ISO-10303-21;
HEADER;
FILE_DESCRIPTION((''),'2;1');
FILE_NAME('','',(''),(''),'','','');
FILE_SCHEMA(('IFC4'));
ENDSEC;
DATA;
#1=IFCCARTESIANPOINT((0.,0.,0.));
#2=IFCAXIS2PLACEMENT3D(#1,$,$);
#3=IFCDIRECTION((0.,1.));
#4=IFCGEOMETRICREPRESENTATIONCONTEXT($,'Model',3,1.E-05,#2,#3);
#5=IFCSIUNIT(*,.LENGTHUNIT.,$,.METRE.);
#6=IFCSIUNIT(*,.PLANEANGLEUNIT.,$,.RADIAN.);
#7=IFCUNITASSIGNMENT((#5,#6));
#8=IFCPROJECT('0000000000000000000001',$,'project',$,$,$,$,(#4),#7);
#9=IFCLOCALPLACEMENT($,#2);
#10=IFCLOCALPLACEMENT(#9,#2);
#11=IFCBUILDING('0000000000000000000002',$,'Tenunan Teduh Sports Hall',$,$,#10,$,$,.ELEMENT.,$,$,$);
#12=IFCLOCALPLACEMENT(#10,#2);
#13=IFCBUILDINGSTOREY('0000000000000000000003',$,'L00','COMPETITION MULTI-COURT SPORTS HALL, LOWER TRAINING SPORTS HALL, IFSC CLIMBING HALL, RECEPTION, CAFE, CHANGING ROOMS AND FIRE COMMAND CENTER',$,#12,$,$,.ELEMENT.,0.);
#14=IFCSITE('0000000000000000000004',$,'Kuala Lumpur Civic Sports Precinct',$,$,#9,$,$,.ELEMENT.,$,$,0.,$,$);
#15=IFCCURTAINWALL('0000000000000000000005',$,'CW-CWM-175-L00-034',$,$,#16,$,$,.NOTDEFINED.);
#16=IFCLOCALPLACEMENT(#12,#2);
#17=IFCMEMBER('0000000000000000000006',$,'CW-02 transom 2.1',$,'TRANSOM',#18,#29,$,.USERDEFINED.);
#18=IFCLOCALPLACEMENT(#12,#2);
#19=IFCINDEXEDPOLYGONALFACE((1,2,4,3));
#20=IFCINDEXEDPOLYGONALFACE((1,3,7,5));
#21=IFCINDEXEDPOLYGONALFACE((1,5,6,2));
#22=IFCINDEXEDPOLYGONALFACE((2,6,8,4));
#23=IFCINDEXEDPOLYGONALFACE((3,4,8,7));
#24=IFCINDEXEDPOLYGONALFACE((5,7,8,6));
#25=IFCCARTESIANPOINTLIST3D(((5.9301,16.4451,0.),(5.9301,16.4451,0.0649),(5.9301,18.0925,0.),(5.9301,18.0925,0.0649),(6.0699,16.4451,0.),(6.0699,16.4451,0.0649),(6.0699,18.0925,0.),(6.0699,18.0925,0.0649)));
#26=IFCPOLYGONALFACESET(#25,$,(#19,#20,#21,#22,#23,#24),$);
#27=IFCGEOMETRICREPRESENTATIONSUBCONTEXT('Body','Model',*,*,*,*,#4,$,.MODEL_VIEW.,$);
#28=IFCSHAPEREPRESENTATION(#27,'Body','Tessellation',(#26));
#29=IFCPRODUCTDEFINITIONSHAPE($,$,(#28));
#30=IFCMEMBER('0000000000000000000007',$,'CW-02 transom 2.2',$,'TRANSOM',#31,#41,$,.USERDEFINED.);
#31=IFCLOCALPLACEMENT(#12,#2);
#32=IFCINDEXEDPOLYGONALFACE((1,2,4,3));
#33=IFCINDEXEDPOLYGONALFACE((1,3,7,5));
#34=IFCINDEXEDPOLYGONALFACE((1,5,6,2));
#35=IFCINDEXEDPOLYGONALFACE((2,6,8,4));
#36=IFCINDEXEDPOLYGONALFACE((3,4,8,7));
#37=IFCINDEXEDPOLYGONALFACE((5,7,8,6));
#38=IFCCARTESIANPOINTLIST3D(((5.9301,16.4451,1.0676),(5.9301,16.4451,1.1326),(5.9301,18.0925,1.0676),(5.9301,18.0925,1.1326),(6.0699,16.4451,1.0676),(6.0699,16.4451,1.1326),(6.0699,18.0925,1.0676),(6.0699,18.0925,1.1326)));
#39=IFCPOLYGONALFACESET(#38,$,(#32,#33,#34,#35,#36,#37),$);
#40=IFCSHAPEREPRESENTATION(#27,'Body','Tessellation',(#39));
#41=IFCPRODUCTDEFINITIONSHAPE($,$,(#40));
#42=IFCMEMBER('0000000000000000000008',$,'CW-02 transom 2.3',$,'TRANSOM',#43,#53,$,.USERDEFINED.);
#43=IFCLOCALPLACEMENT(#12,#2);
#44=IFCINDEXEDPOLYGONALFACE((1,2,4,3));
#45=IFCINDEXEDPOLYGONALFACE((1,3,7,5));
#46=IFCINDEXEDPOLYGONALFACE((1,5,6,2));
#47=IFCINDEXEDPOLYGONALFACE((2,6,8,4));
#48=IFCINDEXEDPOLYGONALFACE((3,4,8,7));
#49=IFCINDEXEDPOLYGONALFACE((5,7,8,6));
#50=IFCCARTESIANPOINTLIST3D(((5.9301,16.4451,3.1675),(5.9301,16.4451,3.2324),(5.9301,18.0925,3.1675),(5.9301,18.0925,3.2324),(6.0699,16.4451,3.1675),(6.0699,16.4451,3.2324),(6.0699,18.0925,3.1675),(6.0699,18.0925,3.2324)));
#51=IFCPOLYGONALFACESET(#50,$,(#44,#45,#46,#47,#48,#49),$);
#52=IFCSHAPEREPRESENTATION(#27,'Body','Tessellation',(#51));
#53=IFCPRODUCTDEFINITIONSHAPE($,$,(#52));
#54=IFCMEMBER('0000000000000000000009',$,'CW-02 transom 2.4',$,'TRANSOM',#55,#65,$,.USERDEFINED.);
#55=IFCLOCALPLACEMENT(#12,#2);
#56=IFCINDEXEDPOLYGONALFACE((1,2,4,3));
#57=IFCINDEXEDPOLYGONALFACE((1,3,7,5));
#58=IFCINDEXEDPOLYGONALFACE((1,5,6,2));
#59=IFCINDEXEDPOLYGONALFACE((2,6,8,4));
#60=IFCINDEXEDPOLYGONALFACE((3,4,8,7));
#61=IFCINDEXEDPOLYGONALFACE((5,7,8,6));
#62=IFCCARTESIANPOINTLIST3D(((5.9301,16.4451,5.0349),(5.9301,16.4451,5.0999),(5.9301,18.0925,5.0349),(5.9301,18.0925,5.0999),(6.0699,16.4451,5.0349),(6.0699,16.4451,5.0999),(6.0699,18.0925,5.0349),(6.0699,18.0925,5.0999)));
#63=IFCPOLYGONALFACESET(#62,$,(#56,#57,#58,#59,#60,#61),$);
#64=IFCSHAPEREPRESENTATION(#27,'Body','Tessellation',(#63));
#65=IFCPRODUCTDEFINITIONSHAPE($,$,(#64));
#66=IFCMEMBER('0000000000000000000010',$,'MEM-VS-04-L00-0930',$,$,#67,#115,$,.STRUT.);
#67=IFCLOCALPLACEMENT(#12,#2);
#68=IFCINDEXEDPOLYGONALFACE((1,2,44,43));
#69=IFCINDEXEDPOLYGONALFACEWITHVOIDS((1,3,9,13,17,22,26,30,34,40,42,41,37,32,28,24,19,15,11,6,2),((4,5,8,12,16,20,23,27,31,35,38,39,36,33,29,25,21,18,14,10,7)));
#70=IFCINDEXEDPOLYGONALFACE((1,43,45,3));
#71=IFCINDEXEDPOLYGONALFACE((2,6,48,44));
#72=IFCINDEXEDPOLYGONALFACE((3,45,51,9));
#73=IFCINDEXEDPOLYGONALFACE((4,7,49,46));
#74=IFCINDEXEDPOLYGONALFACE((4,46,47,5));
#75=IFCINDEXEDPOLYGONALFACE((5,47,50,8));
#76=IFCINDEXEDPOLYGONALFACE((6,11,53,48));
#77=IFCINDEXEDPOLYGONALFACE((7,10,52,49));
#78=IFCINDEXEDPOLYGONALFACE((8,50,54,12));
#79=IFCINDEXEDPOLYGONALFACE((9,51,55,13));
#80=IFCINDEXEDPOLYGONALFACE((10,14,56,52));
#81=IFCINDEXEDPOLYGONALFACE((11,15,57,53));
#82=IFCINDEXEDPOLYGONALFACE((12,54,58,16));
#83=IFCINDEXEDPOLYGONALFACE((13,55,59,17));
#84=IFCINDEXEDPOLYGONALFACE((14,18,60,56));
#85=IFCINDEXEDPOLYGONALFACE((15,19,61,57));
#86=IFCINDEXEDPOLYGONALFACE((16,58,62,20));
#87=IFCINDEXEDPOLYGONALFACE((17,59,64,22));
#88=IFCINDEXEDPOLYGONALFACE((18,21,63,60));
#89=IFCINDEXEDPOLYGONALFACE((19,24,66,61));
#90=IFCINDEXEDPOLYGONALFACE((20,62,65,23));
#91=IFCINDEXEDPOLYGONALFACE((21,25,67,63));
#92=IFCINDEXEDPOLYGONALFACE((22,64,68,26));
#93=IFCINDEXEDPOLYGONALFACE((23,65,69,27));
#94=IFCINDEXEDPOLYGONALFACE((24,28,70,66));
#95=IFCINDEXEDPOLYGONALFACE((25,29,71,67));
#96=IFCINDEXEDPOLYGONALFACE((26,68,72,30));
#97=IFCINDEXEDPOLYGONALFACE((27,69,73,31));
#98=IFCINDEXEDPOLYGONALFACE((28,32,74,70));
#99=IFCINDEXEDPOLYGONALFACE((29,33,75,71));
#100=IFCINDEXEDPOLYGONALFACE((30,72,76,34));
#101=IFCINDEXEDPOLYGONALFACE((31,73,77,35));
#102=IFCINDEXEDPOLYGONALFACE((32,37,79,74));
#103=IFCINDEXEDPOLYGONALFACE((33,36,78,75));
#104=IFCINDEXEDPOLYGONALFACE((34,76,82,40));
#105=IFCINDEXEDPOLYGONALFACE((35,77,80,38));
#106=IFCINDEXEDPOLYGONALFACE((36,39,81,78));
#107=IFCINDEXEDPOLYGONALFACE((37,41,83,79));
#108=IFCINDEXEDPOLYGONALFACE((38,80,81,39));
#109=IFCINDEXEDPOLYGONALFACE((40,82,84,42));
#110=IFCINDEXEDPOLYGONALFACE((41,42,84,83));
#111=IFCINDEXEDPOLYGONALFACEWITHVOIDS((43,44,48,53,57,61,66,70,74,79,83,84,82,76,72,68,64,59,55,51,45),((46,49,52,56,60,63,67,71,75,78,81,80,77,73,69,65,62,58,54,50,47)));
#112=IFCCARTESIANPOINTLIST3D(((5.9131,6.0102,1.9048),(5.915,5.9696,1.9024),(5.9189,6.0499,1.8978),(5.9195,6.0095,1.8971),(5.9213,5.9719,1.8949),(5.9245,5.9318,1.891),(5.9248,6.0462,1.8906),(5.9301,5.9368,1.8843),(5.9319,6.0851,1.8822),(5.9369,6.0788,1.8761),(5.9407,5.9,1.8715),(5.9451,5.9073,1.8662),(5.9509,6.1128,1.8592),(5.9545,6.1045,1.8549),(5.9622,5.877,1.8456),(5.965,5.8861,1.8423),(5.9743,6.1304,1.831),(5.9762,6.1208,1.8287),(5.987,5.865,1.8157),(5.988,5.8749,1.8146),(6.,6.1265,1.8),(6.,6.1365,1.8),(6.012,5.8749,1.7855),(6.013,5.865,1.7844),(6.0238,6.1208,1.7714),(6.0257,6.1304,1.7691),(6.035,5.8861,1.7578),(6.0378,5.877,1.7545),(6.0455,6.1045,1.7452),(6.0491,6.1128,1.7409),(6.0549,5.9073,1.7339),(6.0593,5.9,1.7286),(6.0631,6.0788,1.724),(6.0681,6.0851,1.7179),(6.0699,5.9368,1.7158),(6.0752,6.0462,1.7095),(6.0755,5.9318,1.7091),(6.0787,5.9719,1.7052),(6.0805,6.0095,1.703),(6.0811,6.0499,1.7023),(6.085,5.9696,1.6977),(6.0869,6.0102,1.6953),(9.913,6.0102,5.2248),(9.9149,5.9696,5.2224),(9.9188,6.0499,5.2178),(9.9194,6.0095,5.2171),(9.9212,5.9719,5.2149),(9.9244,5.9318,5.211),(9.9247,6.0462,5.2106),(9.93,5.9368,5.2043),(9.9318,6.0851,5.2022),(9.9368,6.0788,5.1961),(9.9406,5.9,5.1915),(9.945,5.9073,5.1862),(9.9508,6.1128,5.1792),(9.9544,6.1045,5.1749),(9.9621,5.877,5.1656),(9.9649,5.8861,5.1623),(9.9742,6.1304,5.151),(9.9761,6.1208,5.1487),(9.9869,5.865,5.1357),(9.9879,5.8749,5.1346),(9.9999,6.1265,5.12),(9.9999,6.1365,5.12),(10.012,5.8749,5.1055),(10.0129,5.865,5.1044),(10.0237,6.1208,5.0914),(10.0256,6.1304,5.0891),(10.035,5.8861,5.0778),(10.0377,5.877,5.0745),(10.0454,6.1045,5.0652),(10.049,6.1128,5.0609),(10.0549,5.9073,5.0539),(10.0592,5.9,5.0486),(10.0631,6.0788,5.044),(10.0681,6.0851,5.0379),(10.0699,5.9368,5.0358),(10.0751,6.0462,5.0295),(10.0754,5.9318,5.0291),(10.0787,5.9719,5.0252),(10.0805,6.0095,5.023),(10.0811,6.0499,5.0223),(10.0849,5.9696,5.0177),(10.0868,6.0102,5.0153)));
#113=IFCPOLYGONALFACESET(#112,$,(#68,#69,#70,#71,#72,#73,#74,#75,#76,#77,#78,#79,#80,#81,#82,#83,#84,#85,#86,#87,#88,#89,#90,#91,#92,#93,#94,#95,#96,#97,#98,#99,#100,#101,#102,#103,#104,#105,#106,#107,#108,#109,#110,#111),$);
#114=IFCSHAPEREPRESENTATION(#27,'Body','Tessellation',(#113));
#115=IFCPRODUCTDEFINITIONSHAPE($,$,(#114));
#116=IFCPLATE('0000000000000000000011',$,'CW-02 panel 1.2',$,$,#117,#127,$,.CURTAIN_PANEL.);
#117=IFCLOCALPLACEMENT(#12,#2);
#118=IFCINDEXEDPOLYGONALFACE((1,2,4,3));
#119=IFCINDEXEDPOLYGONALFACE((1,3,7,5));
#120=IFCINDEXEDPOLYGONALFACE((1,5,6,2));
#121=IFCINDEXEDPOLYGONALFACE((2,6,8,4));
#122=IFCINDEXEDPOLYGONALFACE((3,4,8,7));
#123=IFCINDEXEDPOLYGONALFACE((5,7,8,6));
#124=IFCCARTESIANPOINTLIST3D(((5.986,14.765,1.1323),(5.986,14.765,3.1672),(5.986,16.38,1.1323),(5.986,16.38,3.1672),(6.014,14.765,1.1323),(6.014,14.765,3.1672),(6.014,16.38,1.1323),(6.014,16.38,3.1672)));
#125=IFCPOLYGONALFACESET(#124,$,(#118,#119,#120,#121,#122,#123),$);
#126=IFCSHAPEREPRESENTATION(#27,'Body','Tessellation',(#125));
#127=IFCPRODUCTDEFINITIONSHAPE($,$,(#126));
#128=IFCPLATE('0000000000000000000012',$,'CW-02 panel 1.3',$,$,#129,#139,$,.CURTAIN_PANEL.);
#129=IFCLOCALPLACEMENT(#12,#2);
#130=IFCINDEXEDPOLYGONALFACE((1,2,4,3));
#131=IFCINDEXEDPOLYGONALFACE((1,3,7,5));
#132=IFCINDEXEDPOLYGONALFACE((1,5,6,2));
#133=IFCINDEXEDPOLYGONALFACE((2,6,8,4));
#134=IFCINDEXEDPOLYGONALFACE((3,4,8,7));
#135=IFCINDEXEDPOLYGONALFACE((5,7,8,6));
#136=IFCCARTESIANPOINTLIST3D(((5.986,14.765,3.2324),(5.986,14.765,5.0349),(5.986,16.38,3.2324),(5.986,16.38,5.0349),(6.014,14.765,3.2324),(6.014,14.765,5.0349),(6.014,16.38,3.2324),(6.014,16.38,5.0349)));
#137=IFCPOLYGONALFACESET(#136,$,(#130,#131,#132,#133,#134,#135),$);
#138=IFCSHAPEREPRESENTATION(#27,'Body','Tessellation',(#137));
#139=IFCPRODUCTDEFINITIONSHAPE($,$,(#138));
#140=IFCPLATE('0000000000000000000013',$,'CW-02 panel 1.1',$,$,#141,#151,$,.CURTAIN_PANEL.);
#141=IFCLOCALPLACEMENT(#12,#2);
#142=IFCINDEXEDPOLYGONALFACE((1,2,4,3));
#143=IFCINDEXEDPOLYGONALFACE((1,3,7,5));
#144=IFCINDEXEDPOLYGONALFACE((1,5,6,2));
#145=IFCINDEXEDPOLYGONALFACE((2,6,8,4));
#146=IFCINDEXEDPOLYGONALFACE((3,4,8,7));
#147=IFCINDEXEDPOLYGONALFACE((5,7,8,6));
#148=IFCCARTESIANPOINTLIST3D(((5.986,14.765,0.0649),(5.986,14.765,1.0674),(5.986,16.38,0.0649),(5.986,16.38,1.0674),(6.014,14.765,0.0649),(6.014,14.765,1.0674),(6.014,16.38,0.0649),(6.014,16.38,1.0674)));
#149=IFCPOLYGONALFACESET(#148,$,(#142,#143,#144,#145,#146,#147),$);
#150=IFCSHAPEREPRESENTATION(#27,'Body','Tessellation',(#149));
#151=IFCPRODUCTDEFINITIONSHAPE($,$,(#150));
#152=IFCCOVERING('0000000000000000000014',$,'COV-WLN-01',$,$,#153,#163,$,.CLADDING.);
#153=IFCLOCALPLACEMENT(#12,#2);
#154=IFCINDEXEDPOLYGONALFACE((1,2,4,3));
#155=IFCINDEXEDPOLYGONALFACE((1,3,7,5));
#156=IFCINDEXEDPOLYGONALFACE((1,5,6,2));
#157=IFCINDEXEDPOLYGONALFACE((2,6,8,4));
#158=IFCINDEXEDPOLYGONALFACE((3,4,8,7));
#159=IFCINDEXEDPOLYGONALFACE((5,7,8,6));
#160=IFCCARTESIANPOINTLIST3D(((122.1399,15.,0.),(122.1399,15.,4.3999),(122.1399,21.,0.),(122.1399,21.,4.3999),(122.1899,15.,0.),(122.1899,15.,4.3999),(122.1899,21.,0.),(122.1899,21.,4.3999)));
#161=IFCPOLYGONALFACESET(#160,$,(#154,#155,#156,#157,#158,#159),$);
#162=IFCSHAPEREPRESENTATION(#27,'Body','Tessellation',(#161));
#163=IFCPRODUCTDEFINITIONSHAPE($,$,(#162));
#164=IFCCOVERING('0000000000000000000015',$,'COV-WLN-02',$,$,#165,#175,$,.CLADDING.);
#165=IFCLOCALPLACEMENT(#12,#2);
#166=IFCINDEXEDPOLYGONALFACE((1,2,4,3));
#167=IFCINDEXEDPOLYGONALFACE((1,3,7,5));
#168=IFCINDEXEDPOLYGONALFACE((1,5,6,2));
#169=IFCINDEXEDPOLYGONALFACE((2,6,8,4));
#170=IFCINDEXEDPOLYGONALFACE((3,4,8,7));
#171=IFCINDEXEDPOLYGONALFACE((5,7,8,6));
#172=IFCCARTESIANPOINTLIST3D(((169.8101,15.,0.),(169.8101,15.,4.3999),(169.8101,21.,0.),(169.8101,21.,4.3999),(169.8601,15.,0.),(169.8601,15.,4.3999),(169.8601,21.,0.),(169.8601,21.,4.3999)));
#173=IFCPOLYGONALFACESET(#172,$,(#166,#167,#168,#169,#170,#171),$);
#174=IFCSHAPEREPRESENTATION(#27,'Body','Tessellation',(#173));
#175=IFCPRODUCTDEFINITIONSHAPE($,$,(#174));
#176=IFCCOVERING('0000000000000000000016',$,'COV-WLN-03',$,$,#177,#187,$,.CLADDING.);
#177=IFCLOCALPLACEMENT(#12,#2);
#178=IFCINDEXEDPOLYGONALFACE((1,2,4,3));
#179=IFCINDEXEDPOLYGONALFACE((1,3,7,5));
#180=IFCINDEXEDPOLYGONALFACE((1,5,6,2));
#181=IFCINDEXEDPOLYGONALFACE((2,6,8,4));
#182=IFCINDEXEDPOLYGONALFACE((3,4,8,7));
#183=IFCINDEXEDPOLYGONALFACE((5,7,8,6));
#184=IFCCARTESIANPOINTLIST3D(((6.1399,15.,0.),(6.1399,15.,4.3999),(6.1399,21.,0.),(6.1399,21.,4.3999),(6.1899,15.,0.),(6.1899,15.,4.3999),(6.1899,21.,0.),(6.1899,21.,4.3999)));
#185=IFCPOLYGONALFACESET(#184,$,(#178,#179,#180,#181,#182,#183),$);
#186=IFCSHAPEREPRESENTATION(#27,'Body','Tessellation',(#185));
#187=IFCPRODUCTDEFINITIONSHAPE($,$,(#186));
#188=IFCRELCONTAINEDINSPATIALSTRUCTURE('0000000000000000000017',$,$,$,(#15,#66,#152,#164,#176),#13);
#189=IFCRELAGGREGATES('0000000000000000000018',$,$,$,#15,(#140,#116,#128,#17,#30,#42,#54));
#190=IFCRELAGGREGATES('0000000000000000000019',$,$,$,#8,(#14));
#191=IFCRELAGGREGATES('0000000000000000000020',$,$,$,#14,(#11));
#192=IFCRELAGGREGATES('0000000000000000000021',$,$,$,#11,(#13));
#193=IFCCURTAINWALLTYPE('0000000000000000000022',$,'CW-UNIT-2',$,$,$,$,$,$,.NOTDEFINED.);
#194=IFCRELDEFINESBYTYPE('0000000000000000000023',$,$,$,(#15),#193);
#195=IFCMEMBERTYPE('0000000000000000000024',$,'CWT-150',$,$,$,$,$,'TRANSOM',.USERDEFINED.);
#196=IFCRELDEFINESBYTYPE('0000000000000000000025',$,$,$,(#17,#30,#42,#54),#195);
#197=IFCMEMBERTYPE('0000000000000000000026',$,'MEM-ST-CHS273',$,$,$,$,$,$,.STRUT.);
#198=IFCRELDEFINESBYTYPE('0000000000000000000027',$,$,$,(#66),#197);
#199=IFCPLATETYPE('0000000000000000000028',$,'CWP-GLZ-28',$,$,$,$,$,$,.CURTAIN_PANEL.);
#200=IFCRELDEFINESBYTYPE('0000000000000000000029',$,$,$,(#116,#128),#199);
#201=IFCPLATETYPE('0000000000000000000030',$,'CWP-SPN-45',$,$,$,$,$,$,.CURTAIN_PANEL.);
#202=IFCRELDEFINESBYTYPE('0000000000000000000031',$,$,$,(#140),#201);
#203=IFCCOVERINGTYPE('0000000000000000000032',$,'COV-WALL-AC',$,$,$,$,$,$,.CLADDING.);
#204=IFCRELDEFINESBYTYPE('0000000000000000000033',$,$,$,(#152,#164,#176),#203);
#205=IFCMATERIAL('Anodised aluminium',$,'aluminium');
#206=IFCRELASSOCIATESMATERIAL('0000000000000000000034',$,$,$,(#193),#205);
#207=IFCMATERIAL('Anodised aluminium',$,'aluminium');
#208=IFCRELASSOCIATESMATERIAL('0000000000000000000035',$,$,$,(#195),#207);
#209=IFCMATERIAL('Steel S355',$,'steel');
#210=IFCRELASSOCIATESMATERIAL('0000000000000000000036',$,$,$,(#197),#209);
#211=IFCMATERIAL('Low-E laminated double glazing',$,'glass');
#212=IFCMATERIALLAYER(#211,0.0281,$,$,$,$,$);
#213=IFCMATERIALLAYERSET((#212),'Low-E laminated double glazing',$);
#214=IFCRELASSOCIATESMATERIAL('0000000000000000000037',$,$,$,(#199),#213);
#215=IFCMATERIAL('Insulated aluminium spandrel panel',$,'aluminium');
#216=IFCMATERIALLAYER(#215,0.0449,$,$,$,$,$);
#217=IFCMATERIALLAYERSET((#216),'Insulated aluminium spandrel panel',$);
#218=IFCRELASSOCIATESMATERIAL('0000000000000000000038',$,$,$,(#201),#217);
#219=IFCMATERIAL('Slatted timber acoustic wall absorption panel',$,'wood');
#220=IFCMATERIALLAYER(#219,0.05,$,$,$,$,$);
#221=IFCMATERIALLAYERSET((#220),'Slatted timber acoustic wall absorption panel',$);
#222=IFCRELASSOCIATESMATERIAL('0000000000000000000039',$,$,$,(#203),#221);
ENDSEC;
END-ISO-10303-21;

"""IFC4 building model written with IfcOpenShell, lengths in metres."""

from ifc_helpers import new_model, si_unit, direction, frame, origin, origin_2d, place, context, subcontext, project, spatial, polyline, rectangle, hollow_circle, outline, extrude, material, layer, layer_set, material_profile, profile_set, type_object, element, aggregate, save


model = new_model("IFC4")

# Units and contexts
model_context = context("Model", 3, precision=1e-05, world=origin(), true_north=direction((0.0, 1.0)))
body_context = subcontext(model_context, "Body", "Model", "MODEL_VIEW")
ifc_project = project(units=[si_unit("LENGTHUNIT", "METRE"), si_unit("PLANEANGLEUNIT", "RADIAN")], contexts=[model_context])

# Site, building, storey
site_placement = place(None, origin())
site = spatial("IfcSite", under=ifc_project, at=site_placement, Name="Kuala Lumpur Civic Sports Precinct", CompositionType="ELEMENT", RefElevation=0.0)
building_placement = place(site_placement, origin())
building = spatial("IfcBuilding", under=site, at=building_placement, Name="Tenunan Teduh Sports Hall", CompositionType="ELEMENT")
storey_placement = place(building_placement, origin())
storey = spatial("IfcBuildingStorey", under=building, at=storey_placement, Name="L00", Description="COMPETITION MULTI-COURT SPORTS HALL, LOWER TRAINING SPORTS HALL, IFSC CLIMBING HALL, RECEPTION, CAFE, CHANGING ROOMS AND FIRE COMMAND CENTER", CompositionType="ELEMENT", Elevation=0.0)

# Curtain wall, members
ifc_material_1 = material(Name="Anodised aluminium", Category="aluminium")
curtain_wall_type = type_object("IfcCurtainWallType", Name="CW-UNIT-2", PredefinedType="NOTDEFINED", material=ifc_material_1)
curtain_wall_placement = place(storey_placement, origin())
curtain_wall = element("IfcCurtainWall", 1, at=curtain_wall_placement, inside=storey, type_object=curtain_wall_type, Name="CW-CWM-175-L00-034", PredefinedType="NOTDEFINED")
ifc_material_2 = material(Name="Anodised aluminium", Category="aluminium")
ifc_material_profile_1 = material_profile(ifc_material_2, rectangle(XDim=0.0649, YDim=0.1399, at=origin_2d()), Name="CWT 65x140")
ifc_profile_set_1 = profile_set([ifc_material_profile_1], Name="Anodised aluminium")
member_type_1 = type_object("IfcMemberType", Name="CWT-150", ElementType="TRANSOM", PredefinedType="USERDEFINED", material=ifc_profile_set_1)
member_1_placement = place(storey_placement, frame((6.0, 16.4451, 0.0325), z_axis=(0.0, 1.0, 0.0), x_axis=(0.0, 0.0, 1.0)))
member_1 = element("IfcMember", 2, at=member_1_placement, type_object=member_type_1, Name="CW-02 transom 2.1", ObjectType="TRANSOM", PredefinedType="USERDEFINED", context=body_context, shape_type="SweptSolid", body=[
    extrude(rectangle(XDim=0.0649, YDim=0.1399, at=origin_2d()), origin(), (0.0, 0.0, 1.0), 1.6475),
])
member_2_placement = place(storey_placement, frame((6.0, 16.4451, 1.1001), z_axis=(0.0, 1.0, 0.0), x_axis=(0.0, 0.0, 1.0)))
member_2 = element("IfcMember", 3, at=member_2_placement, type_object=member_type_1, Name="CW-02 transom 2.2", ObjectType="TRANSOM", PredefinedType="USERDEFINED", context=body_context, shape_type="SweptSolid", body=[
    extrude(rectangle(XDim=0.0649, YDim=0.1399, at=origin_2d()), origin(), (0.0, 0.0, 1.0), 1.6475),
])
member_3_placement = place(storey_placement, frame((6.0, 16.4451, 3.2), z_axis=(0.0, 1.0, 0.0), x_axis=(0.0, 0.0, 1.0)))
member_3 = element("IfcMember", 4, at=member_3_placement, type_object=member_type_1, Name="CW-02 transom 2.3", ObjectType="TRANSOM", PredefinedType="USERDEFINED", context=body_context, shape_type="SweptSolid", body=[
    extrude(rectangle(XDim=0.0649, YDim=0.1399, at=origin_2d()), origin(), (0.0, 0.0, 1.0), 1.6475),
])
member_4_placement = place(storey_placement, frame((6.0, 16.4451, 5.0674), z_axis=(0.0, 1.0, 0.0), x_axis=(0.0, 0.0, 1.0)))
member_4 = element("IfcMember", 5, at=member_4_placement, type_object=member_type_1, Name="CW-02 transom 2.4", ObjectType="TRANSOM", PredefinedType="USERDEFINED", context=body_context, shape_type="SweptSolid", body=[
    extrude(rectangle(XDim=0.0649, YDim=0.1399, at=origin_2d()), origin(), (0.0, 0.0, 1.0), 1.6475),
])

# Member
ifc_material_3 = material(Name="Steel S355", Category="steel")
ifc_material_profile_2 = material_profile(ifc_material_3, hollow_circle(Radius=0.1365, WallThickness=0.01, at=origin_2d()), Name="CHS 273.0x10.0")
ifc_profile_set_2 = profile_set([ifc_material_profile_2], Name="Steel S355")
member_type_2 = type_object("IfcMemberType", Name="MEM-ST-CHS273", PredefinedType="STRUT", material=ifc_profile_set_2)
member_5_placement = place(storey_placement, frame((6.0, 6.0, 1.8), z_axis=(0.769475, 0.0, 0.638677), x_axis=(0.0, 1.0, 0.0)))
element("IfcMember", 6, at=member_5_placement, inside=storey, type_object=member_type_2, Name="MEM-VS-04-L00-0930", PredefinedType="STRUT", context=body_context, shape_type="SweptSolid", body=[
    extrude(hollow_circle(Radius=0.1365, WallThickness=0.01, at=origin_2d()), origin(), (0.0, 0.0, 1.0), 5.1982),
])

# Plates
ifc_material_4 = material(Name="Low-E laminated double glazing", Category="glass")
ifc_layer_1 = layer(ifc_material_4, 0.0281)
ifc_layer_set_1 = layer_set([ifc_layer_1], Name="Low-E laminated double glazing")
plate_type_1 = type_object("IfcPlateType", Name="CWP-GLZ-28", PredefinedType="CURTAIN_PANEL", material=ifc_layer_set_1)
plate_1_placement = place(storey_placement, frame((6.0, 15.5725, 1.1323), z_axis=(0.0, 0.0, 1.0), x_axis=(0.0, 1.0, 0.0)))
plate_1 = element("IfcPlate", 7, at=plate_1_placement, type_object=plate_type_1, Name="CW-02 panel 1.2", PredefinedType="CURTAIN_PANEL", context=body_context, shape_type="SweptSolid", body=[
    extrude(rectangle(XDim=1.615, YDim=0.0281, at=origin_2d()), origin(), (0.0, 0.0, 1.0), 2.0349),
])
plate_2_placement = place(storey_placement, frame((6.0, 15.5725, 3.2324), z_axis=(0.0, 0.0, 1.0), x_axis=(0.0, 1.0, 0.0)))
plate_2 = element("IfcPlate", 8, at=plate_2_placement, type_object=plate_type_1, Name="CW-02 panel 1.3", PredefinedType="CURTAIN_PANEL", context=body_context, shape_type="SweptSolid", body=[
    extrude(rectangle(XDim=1.615, YDim=0.0281, at=origin_2d()), origin(), (0.0, 0.0, 1.0), 1.8025),
])
ifc_material_5 = material(Name="Insulated aluminium spandrel panel", Category="aluminium")
ifc_layer_2 = layer(ifc_material_5, 0.0449)
ifc_layer_set_2 = layer_set([ifc_layer_2], Name="Insulated aluminium spandrel panel")
plate_type_2 = type_object("IfcPlateType", Name="CWP-SPN-45", PredefinedType="CURTAIN_PANEL", material=ifc_layer_set_2)
plate_3_placement = place(storey_placement, frame((6.0, 15.5725, 0.0649), z_axis=(0.0, 0.0, 1.0), x_axis=(0.0, 1.0, 0.0)))
plate_3 = element("IfcPlate", 9, at=plate_3_placement, type_object=plate_type_2, Name="CW-02 panel 1.1", PredefinedType="CURTAIN_PANEL", context=body_context, shape_type="SweptSolid", body=[
    extrude(rectangle(XDim=1.615, YDim=0.0281, at=origin_2d()), origin(), (0.0, 0.0, 1.0), 1.0024),
])
aggregate(curtain_wall, [plate_3, plate_1, plate_2, member_1, member_2, member_3, member_4])

# Coverings
ifc_material_6 = material(Name="Slatted timber acoustic wall absorption panel", Category="wood")
ifc_layer_3 = layer(ifc_material_6, 0.05)
ifc_layer_set_3 = layer_set([ifc_layer_3], Name="Slatted timber acoustic wall absorption panel")
covering_type = type_object("IfcCoveringType", Name="COV-WALL-AC", PredefinedType="CLADDING", material=ifc_layer_set_3)
covering_1_placement = place(storey_placement, origin())
element("IfcCovering", 10, at=covering_1_placement, inside=storey, type_object=covering_type, Name="COV-WLN-01", PredefinedType="CLADDING", context=body_context, shape_type="SweptSolid", body=[
    extrude(outline(polyline([(122.1399, 15.0), (122.1899, 15.0), (122.1899, 21.0), (122.1399, 21.0), (122.1399, 15.0)])), origin(), (0.0, 0.0, 1.0), 4.3999),
])
covering_2_placement = place(storey_placement, origin())
element("IfcCovering", 11, at=covering_2_placement, inside=storey, type_object=covering_type, Name="COV-WLN-02", PredefinedType="CLADDING", context=body_context, shape_type="SweptSolid", body=[
    extrude(outline(polyline([(169.8101, 15.0), (169.8601, 15.0), (169.8601, 21.0), (169.8101, 21.0), (169.8101, 15.0)])), origin(), (0.0, 0.0, 1.0), 4.3999),
])
covering_3_placement = place(storey_placement, origin())
element("IfcCovering", 12, at=covering_3_placement, inside=storey, type_object=covering_type, Name="COV-WLN-03", PredefinedType="CLADDING", context=body_context, shape_type="SweptSolid", body=[
    extrude(outline(polyline([(6.1399, 15.0), (6.1899, 15.0), (6.1899, 21.0), (6.1399, 21.0), (6.1399, 15.0)])), origin(), (0.0, 0.0, 1.0), 4.3999),
])

save(model, "model.ifc")
